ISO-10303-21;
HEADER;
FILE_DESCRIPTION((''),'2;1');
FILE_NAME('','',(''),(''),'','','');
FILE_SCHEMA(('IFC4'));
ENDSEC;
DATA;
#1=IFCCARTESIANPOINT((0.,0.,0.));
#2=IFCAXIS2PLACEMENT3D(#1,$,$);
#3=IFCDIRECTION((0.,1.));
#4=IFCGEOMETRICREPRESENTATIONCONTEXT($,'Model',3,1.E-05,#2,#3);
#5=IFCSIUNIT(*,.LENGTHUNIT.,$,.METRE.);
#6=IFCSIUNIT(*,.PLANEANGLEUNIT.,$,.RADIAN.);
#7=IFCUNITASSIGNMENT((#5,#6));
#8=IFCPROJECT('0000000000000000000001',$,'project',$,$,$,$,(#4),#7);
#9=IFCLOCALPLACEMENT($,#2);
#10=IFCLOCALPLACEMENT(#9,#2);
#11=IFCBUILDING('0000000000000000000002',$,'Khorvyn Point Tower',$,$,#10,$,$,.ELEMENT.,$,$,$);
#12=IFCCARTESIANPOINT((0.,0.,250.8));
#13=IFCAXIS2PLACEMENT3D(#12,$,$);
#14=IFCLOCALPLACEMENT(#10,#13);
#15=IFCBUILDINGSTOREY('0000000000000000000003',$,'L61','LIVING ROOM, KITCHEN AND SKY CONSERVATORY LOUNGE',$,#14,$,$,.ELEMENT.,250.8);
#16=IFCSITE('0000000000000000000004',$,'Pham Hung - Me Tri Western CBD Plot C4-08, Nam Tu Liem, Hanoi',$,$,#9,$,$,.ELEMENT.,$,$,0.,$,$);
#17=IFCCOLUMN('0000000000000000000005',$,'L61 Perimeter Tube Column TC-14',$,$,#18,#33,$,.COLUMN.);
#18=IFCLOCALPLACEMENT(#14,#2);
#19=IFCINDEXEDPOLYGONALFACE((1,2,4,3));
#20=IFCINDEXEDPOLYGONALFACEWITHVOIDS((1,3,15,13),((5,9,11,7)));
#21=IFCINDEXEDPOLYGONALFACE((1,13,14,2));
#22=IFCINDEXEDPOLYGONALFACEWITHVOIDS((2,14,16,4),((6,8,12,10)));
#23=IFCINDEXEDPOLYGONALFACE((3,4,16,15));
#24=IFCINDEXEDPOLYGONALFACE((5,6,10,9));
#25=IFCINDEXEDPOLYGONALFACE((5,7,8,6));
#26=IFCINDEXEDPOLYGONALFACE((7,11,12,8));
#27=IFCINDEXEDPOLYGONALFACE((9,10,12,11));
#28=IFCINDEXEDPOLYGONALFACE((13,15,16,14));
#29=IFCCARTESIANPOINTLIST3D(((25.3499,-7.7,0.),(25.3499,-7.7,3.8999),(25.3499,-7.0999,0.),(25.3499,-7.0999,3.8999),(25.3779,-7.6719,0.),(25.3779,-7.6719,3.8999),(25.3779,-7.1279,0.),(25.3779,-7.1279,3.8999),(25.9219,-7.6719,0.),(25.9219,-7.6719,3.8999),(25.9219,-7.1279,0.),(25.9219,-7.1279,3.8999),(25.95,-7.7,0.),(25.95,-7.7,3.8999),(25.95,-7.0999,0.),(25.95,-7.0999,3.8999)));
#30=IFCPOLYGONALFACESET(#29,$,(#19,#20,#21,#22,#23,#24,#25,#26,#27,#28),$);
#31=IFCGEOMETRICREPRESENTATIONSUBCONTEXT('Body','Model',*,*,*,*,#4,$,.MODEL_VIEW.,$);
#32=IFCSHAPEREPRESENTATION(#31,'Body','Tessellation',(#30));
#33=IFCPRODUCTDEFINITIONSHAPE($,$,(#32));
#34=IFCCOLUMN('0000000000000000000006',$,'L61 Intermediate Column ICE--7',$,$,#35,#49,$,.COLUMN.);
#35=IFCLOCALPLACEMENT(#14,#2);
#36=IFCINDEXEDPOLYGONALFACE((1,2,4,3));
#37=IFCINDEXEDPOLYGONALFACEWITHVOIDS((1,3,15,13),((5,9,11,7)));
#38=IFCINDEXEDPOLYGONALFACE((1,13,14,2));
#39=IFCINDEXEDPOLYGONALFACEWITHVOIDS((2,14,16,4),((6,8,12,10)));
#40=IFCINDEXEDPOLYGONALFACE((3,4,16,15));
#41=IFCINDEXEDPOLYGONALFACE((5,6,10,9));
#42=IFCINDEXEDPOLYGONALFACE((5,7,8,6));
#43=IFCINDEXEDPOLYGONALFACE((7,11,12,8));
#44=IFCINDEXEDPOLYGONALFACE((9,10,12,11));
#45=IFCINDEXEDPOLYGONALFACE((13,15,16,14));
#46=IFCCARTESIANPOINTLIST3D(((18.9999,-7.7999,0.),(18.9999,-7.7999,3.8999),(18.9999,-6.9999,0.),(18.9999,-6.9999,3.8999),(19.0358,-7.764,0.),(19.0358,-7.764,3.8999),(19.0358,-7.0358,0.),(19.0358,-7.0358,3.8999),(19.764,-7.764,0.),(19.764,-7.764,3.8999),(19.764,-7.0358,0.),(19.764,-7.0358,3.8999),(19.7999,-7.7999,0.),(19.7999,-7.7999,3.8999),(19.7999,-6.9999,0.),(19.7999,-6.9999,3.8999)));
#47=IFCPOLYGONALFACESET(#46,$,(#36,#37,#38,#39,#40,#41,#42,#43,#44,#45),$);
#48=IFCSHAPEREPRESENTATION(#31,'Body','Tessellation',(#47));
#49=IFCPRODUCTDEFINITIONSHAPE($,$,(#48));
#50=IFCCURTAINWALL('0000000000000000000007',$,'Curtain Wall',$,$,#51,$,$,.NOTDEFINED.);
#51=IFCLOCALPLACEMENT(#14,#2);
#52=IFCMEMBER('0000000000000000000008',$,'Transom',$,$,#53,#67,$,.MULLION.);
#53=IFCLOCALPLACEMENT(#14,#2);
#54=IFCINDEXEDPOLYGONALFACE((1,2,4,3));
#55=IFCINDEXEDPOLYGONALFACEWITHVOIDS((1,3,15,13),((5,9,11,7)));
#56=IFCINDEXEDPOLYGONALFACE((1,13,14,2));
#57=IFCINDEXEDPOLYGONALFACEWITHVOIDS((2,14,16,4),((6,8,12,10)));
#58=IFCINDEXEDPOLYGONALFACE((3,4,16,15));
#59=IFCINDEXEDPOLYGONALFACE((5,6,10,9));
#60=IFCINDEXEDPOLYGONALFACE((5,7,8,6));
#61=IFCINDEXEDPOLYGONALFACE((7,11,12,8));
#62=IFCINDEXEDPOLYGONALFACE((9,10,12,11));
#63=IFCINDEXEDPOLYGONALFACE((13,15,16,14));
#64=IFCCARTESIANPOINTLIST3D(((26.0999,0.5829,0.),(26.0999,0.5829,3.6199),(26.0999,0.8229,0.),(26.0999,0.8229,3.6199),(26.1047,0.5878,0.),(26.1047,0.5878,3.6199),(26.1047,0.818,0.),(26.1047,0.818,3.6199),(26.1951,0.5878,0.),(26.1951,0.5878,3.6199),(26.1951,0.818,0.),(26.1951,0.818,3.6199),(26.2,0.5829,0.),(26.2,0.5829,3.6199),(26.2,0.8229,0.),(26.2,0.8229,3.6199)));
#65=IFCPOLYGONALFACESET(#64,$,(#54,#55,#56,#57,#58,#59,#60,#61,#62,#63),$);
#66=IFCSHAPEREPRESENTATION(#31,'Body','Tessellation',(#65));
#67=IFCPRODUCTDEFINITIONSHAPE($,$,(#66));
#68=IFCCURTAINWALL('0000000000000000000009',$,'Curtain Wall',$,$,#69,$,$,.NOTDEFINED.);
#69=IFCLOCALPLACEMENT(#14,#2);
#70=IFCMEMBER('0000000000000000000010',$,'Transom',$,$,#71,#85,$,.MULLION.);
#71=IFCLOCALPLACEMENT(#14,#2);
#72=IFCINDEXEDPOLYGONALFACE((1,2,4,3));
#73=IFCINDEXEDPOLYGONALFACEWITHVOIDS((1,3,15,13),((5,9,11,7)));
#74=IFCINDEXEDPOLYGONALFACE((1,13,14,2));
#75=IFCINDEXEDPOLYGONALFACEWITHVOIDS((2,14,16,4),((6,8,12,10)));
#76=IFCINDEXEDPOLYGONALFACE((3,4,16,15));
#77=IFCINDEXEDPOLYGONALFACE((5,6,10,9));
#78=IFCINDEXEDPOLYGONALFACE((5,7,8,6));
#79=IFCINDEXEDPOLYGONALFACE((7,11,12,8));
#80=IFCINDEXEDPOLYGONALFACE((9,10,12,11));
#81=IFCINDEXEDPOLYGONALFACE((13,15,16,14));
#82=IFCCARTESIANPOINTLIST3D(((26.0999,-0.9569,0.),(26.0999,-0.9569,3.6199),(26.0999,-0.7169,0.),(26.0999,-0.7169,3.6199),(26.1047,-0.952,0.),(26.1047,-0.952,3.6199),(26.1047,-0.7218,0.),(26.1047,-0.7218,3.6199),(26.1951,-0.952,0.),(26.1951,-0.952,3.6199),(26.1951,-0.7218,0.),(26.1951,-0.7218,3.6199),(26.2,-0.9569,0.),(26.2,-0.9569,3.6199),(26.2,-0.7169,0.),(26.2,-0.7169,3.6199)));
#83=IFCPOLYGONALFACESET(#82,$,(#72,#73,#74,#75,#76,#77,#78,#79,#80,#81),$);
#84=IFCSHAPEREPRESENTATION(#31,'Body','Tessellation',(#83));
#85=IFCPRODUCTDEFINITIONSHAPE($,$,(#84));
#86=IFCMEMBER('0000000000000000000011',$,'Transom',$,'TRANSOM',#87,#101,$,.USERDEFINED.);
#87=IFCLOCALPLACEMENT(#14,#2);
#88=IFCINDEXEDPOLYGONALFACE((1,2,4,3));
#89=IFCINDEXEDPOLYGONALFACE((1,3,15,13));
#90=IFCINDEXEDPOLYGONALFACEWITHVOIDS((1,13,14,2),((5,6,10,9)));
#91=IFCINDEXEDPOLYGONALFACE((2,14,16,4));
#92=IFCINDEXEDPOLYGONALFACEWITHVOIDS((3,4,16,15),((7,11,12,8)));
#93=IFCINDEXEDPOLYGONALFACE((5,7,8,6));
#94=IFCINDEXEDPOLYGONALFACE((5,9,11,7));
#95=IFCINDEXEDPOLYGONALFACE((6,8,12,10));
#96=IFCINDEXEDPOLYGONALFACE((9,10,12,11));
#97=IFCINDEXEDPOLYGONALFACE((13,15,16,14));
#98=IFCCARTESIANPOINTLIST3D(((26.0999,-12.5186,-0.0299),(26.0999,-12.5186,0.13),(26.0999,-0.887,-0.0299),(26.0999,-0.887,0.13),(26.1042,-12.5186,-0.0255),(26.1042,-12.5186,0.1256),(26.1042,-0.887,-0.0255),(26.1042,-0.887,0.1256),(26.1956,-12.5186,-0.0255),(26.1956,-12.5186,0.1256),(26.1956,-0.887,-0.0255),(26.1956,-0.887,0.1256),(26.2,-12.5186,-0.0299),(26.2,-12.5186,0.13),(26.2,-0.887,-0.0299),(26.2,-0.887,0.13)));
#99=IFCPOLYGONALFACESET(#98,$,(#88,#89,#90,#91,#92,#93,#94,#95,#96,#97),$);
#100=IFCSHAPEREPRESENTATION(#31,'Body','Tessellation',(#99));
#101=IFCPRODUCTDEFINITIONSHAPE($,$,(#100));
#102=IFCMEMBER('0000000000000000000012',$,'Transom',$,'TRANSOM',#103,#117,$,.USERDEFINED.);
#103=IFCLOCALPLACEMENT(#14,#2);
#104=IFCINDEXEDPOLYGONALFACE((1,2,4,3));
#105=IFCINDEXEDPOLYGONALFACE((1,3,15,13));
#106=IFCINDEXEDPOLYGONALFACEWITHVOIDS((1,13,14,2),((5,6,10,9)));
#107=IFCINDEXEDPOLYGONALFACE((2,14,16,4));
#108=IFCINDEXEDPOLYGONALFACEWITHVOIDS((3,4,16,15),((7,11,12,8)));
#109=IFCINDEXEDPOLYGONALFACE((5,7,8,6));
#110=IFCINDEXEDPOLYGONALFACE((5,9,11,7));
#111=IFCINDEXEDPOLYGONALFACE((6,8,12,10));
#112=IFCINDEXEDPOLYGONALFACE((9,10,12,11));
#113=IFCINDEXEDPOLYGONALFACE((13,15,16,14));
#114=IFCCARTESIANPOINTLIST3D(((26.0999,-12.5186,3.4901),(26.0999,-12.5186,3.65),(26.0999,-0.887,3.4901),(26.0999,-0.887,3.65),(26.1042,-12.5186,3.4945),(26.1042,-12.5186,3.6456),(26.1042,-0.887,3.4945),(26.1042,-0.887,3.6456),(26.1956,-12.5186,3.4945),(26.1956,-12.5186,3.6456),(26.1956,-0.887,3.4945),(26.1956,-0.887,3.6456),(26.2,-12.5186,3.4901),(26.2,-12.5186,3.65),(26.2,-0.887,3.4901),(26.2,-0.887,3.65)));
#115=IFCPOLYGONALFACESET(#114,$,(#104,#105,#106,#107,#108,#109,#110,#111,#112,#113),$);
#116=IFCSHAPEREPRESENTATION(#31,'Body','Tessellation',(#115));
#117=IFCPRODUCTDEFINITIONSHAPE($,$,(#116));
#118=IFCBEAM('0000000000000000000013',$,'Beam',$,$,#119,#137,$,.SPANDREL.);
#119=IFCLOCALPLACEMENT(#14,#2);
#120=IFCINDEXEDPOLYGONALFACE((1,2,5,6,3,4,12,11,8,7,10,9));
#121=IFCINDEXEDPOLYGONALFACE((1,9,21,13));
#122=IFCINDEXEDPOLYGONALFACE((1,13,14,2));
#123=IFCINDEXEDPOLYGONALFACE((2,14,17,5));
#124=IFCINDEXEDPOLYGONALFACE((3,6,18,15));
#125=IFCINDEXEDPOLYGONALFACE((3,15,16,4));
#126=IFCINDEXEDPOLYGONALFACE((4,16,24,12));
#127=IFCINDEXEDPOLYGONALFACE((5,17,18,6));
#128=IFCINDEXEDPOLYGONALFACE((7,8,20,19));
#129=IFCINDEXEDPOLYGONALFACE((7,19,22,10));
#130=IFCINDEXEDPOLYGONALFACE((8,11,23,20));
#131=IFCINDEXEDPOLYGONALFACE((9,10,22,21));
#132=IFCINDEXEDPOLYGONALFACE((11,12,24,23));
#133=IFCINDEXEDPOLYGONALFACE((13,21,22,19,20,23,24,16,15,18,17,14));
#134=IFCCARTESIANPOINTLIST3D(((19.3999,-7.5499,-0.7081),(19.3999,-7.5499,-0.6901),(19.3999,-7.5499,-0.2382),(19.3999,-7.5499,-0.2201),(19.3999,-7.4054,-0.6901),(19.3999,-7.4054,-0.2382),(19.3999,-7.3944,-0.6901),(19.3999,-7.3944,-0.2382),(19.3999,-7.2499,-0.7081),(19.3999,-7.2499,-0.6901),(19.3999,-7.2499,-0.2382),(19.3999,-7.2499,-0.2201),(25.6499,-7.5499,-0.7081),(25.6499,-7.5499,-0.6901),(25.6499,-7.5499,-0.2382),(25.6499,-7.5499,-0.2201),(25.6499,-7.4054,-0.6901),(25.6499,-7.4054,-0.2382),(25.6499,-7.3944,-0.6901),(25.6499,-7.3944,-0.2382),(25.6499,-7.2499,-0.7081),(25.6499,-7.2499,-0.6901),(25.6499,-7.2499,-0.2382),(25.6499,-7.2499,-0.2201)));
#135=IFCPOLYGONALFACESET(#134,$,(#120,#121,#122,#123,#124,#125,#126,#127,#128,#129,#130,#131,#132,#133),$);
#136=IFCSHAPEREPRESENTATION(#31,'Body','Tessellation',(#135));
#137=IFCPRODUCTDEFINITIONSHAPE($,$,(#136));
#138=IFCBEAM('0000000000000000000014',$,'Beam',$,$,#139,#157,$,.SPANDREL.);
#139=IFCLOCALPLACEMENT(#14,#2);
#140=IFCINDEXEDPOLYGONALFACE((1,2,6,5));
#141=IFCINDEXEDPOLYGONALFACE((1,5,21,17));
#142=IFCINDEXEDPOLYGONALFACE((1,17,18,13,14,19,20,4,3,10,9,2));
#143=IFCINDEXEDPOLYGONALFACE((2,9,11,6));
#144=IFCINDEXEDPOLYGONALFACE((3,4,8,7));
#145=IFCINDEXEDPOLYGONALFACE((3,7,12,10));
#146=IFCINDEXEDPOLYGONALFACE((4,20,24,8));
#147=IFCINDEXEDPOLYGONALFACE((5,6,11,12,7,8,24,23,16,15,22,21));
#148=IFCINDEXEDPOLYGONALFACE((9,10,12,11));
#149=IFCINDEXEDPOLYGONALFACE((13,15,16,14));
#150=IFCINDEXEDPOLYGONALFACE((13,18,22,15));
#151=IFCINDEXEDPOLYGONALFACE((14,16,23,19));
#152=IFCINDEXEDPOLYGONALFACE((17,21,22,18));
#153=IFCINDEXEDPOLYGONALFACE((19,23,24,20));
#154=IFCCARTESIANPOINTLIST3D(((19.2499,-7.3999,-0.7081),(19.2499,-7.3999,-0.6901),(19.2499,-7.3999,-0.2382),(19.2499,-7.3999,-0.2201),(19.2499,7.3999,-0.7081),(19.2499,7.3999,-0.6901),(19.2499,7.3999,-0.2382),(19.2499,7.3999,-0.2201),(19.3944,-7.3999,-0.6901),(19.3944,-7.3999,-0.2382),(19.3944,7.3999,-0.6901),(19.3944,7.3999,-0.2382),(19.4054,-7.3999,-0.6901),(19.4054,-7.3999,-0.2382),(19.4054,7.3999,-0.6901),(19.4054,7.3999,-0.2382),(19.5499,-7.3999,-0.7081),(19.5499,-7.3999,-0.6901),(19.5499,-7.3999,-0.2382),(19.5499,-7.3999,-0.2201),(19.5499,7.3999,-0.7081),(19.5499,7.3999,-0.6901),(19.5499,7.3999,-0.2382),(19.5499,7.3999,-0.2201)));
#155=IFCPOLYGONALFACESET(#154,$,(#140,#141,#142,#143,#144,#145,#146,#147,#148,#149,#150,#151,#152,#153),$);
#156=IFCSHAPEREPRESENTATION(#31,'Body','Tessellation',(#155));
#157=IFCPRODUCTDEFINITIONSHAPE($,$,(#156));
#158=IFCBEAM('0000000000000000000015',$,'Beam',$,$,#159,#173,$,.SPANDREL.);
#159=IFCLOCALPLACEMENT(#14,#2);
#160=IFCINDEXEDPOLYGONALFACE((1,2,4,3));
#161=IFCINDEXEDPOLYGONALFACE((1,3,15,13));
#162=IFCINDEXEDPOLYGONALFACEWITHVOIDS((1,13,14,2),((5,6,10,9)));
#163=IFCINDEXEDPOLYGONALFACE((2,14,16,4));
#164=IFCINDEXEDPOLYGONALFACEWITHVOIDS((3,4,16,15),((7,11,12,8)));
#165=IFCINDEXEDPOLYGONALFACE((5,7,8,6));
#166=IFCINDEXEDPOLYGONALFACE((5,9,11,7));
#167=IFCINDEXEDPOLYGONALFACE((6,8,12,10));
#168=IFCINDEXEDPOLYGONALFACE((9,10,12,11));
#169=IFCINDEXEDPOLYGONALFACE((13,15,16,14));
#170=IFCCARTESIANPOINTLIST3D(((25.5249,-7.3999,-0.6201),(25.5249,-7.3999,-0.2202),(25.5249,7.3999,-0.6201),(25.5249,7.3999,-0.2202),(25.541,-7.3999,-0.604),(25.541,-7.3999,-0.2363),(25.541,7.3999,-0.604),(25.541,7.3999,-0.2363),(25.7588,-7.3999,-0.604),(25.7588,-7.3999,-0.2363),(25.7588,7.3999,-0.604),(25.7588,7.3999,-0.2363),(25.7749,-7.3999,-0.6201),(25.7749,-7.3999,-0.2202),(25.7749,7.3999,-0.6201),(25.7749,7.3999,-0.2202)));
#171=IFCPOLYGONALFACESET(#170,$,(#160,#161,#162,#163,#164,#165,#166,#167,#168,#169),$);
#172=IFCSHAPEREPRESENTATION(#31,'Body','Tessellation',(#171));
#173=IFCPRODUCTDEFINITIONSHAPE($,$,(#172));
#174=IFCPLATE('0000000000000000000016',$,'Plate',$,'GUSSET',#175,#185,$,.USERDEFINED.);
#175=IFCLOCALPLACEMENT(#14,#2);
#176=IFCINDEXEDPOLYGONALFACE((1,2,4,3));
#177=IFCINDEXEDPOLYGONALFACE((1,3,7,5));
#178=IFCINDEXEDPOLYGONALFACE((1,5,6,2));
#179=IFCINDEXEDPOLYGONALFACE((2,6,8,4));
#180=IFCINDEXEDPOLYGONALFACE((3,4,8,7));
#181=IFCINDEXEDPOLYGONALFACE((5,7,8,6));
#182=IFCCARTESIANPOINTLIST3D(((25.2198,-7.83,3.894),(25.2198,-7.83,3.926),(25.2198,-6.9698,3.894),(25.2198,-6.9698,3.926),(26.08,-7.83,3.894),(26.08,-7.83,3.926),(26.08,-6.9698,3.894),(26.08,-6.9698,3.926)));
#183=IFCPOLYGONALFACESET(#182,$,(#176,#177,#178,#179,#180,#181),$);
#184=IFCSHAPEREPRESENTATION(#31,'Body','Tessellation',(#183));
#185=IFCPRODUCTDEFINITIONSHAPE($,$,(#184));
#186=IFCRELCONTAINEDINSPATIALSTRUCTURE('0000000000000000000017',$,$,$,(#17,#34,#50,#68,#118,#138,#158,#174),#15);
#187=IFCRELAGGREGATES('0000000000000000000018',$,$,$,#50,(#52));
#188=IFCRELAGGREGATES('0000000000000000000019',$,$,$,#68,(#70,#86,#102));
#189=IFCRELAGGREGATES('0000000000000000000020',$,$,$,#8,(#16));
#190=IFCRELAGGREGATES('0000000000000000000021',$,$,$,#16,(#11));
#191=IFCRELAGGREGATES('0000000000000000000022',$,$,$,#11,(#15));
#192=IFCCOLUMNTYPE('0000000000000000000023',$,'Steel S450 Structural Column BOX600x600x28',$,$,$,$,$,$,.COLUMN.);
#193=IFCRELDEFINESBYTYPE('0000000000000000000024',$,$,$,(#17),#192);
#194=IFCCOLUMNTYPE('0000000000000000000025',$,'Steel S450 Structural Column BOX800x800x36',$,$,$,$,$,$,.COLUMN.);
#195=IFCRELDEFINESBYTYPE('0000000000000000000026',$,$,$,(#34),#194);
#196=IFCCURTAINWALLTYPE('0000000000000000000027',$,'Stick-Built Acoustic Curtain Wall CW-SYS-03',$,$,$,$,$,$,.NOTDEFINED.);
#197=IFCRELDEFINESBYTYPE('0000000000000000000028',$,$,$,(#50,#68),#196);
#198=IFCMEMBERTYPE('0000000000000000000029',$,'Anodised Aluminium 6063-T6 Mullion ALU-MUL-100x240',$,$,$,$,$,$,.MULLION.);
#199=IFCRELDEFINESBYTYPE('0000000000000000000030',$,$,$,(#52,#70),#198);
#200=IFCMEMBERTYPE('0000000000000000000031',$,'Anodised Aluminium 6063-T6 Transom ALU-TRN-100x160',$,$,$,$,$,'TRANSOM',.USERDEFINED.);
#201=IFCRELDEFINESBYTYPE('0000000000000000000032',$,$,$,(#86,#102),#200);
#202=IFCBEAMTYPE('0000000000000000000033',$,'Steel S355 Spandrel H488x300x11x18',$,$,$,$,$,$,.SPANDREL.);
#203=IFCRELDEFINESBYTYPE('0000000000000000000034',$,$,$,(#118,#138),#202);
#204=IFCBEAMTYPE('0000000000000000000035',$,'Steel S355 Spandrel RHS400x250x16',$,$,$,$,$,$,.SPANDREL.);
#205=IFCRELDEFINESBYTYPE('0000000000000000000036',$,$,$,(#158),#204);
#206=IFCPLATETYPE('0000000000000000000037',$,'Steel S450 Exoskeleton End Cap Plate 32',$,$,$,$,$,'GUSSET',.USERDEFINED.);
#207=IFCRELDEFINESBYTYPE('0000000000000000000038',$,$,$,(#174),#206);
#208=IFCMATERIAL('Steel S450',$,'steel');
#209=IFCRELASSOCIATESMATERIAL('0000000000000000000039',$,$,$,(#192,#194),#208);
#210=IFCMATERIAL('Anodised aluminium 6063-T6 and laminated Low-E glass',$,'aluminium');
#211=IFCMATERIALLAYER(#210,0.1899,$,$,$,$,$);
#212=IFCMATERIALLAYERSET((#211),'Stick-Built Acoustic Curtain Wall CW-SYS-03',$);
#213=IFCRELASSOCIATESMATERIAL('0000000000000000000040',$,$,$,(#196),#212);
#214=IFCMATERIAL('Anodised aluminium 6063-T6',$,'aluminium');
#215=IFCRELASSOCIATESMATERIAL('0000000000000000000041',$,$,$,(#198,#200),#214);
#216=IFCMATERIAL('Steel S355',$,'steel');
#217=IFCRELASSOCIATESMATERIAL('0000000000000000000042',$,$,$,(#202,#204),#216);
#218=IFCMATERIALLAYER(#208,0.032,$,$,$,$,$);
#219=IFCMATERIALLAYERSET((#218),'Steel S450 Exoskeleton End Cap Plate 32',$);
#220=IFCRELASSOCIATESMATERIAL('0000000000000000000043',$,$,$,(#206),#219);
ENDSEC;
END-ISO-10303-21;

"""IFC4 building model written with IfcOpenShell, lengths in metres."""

from ifc_helpers import new_model, si_unit, direction, frame, origin, origin_2d, place, context, subcontext, project, spatial, rectangle, hollow_rectangle, i_section, extrude, material, layer, layer_set, material_profile, profile_set, type_object, element, aggregate, save


model = new_model("IFC4")

# Units and contexts
model_context = context("Model", 3, precision=1e-05, world=origin(), true_north=direction((0.0, 1.0)))
body_context = subcontext(model_context, "Body", "Model", "MODEL_VIEW")
ifc_project = project(units=[si_unit("LENGTHUNIT", "METRE"), si_unit("PLANEANGLEUNIT", "RADIAN")], contexts=[model_context])

# Site, building, storey
site_placement = place(None, origin())
site = spatial("IfcSite", under=ifc_project, at=site_placement, Name="Pham Hung - Me Tri Western CBD Plot C4-08, Nam Tu Liem, Hanoi", CompositionType="ELEMENT", RefElevation=0.0)
building_placement = place(site_placement, origin())
building = spatial("IfcBuilding", under=site, at=building_placement, Name="Khorvyn Point Tower", CompositionType="ELEMENT")
storey_placement = place(building_placement, frame((0.0, 0.0, 250.8)))
storey = spatial("IfcBuildingStorey", under=building, at=storey_placement, Name="L61", Description="LIVING ROOM, KITCHEN AND SKY CONSERVATORY LOUNGE", CompositionType="ELEMENT", Elevation=250.8)

# Columns
ifc_material_1 = material(Name="Steel S450", Category="steel")
ifc_material_profile_1 = material_profile(ifc_material_1, hollow_rectangle(XDim=0.6001, YDim=0.6001, WallThickness=0.0281, at=origin_2d()))
ifc_profile_set_1 = profile_set([ifc_material_profile_1], Name="Steel S450 BOX600x600x28")
column_type_1 = type_object("IfcColumnType", Name="Steel S450 Structural Column BOX600x600x28", PredefinedType="COLUMN", material=ifc_profile_set_1)
column_1_placement = place(storey_placement, frame((25.6499, -7.3999, 0.0), z_axis=(0.0, 0.0, 1.0), x_axis=(1.0, 0.0, 0.0)))
element("IfcColumn", 1, at=column_1_placement, inside=storey, type_object=column_type_1, Name="L61 Perimeter Tube Column TC-14", PredefinedType="COLUMN", context=body_context, shape_type="SweptSolid", body=[
    extrude(hollow_rectangle(XDim=0.6001, YDim=0.6001, WallThickness=0.0281, at=origin_2d()), origin(), (0.0, 0.0, 1.0), 3.8999),
])
ifc_material_profile_2 = material_profile(ifc_material_1, hollow_rectangle(XDim=0.8, YDim=0.8, WallThickness=0.0359, at=origin_2d()))
ifc_profile_set_2 = profile_set([ifc_material_profile_2], Name="Steel S450 BOX800x800x36")
column_type_2 = type_object("IfcColumnType", Name="Steel S450 Structural Column BOX800x800x36", PredefinedType="COLUMN", material=ifc_profile_set_2)
column_2_placement = place(storey_placement, frame((19.3999, -7.3999, 0.0), z_axis=(0.0, 0.0, 1.0), x_axis=(1.0, 0.0, 0.0)))
element("IfcColumn", 2, at=column_2_placement, inside=storey, type_object=column_type_2, Name="L61 Intermediate Column ICE--7", PredefinedType="COLUMN", context=body_context, shape_type="SweptSolid", body=[
    extrude(hollow_rectangle(XDim=0.8, YDim=0.8, WallThickness=0.0359, at=origin_2d()), origin(), (0.0, 0.0, 1.0), 3.8999),
])

# Curtain wall, member
ifc_material_2 = material(Name="Anodised aluminium 6063-T6 and laminated Low-E glass", Category="aluminium")
ifc_layer_1 = layer(ifc_material_2, 0.1899)
ifc_layer_set_1 = layer_set([ifc_layer_1], Name="Stick-Built Acoustic Curtain Wall CW-SYS-03")
curtain_wall_type = type_object("IfcCurtainWallType", Name="Stick-Built Acoustic Curtain Wall CW-SYS-03", PredefinedType="NOTDEFINED", material=ifc_layer_set_1)
curtain_wall_1_placement = place(storey_placement, origin())
curtain_wall_1 = element("IfcCurtainWall", 3, at=curtain_wall_1_placement, inside=storey, type_object=curtain_wall_type, Name="Curtain Wall", PredefinedType="NOTDEFINED")
ifc_material_3 = material(Name="Anodised aluminium 6063-T6", Category="aluminium")
ifc_material_profile_3 = material_profile(ifc_material_3, hollow_rectangle(XDim=0.1001, YDim=0.24, WallThickness=0.0049, at=origin_2d()))
ifc_profile_set_3 = profile_set([ifc_material_profile_3], Name="Anodised aluminium 6063-T6 ALU-MUL-100x240")
member_type_1 = type_object("IfcMemberType", Name="Anodised Aluminium 6063-T6 Mullion ALU-MUL-100x240", PredefinedType="MULLION", material=ifc_profile_set_3)
member_1_placement = place(storey_placement, frame((26.1499, 0.7029, 0.0), z_axis=(0.0, 0.0, 1.0), x_axis=(1.0, 0.0, 0.0)))
member_1 = element("IfcMember", 4, at=member_1_placement, type_object=member_type_1, Name="Transom", PredefinedType="MULLION", context=body_context, shape_type="SweptSolid", body=[
    extrude(hollow_rectangle(XDim=0.1001, YDim=0.24, WallThickness=0.0049, at=origin_2d()), origin(), (0.0, 0.0, 1.0), 3.6199),
])

# Curtain wall, members
curtain_wall_2_placement = place(storey_placement, origin())
curtain_wall_2 = element("IfcCurtainWall", 5, at=curtain_wall_2_placement, inside=storey, type_object=curtain_wall_type, Name="Curtain Wall", PredefinedType="NOTDEFINED")
member_2_placement = place(storey_placement, frame((26.1499, -0.8369, 0.0), z_axis=(0.0, 0.0, 1.0), x_axis=(1.0, 0.0, 0.0)))
member_2 = element("IfcMember", 6, at=member_2_placement, type_object=member_type_1, Name="Transom", PredefinedType="MULLION", context=body_context, shape_type="SweptSolid", body=[
    extrude(hollow_rectangle(XDim=0.1001, YDim=0.24, WallThickness=0.0049, at=origin_2d()), origin(), (0.0, 0.0, 1.0), 3.6199),
])
ifc_material_profile_4 = material_profile(ifc_material_3, hollow_rectangle(XDim=0.1001, YDim=0.1599, WallThickness=0.0044, at=origin_2d()))
ifc_profile_set_4 = profile_set([ifc_material_profile_4], Name="Anodised aluminium 6063-T6 ALU-TRN-100x160")
member_type_2 = type_object("IfcMemberType", Name="Anodised Aluminium 6063-T6 Transom ALU-TRN-100x160", ElementType="TRANSOM", PredefinedType="USERDEFINED", material=ifc_profile_set_4)
member_3_placement = place(storey_placement, frame((26.1499, -0.887, 0.05), z_axis=(0.0, -1.0, 0.0), x_axis=(1.0, 0.0, 0.0)))
member_3 = element("IfcMember", 7, at=member_3_placement, type_object=member_type_2, Name="Transom", ObjectType="TRANSOM", PredefinedType="USERDEFINED", context=body_context, shape_type="SweptSolid", body=[
    extrude(hollow_rectangle(XDim=0.1001, YDim=0.1599, WallThickness=0.0044, at=origin_2d()), origin(), (0.0, 0.0, 1.0), 11.6316),
])
member_4_placement = place(storey_placement, frame((26.1499, -0.887, 3.5701), z_axis=(0.0, -1.0, 0.0), x_axis=(1.0, 0.0, 0.0)))
member_4 = element("IfcMember", 8, at=member_4_placement, type_object=member_type_2, Name="Transom", ObjectType="TRANSOM", PredefinedType="USERDEFINED", context=body_context, shape_type="SweptSolid", body=[
    extrude(hollow_rectangle(XDim=0.1001, YDim=0.1599, WallThickness=0.0044, at=origin_2d()), origin(), (0.0, 0.0, 1.0), 11.6316),
])

# Beams
ifc_material_4 = material(Name="Steel S355", Category="steel")
ifc_material_profile_5 = material_profile(ifc_material_4, i_section(OverallWidth=0.3, OverallDepth=0.488, WebThickness=0.011, FlangeThickness=0.0181, at=origin_2d()))
ifc_profile_set_5 = profile_set([ifc_material_profile_5], Name="Steel S355 H488x300x11x18")
beam_type_1 = type_object("IfcBeamType", Name="Steel S355 Spandrel H488x300x11x18", PredefinedType="SPANDREL", material=ifc_profile_set_5)
beam_1_placement = place(storey_placement, frame((19.3999, -7.3999, -0.4641), z_axis=(1.0, 0.0, 0.0), x_axis=(0.0, 1.0, 0.0)))
element("IfcBeam", 9, at=beam_1_placement, inside=storey, type_object=beam_type_1, Name="Beam", PredefinedType="SPANDREL", context=body_context, shape_type="SweptSolid", body=[
    extrude(i_section(OverallWidth=0.3, OverallDepth=0.488, WebThickness=0.011, FlangeThickness=0.0181, at=origin_2d()), origin(), (0.0, 0.0, 1.0), 6.25),
])
beam_2_placement = place(storey_placement, frame((19.3999, -7.3999, -0.4641), z_axis=(0.0, 1.0, 0.0), x_axis=(-1.0, 0.0, 0.0)))
element("IfcBeam", 10, at=beam_2_placement, inside=storey, type_object=beam_type_1, Name="Beam", PredefinedType="SPANDREL", context=body_context, shape_type="SweptSolid", body=[
    extrude(i_section(OverallWidth=0.3, OverallDepth=0.488, WebThickness=0.011, FlangeThickness=0.0181, at=origin_2d()), origin(), (0.0, 0.0, 1.0), 14.7998),
])
ifc_material_profile_6 = material_profile(ifc_material_4, hollow_rectangle(XDim=0.25, YDim=0.3999, WallThickness=0.0161, at=origin_2d()))
ifc_profile_set_6 = profile_set([ifc_material_profile_6], Name="Steel S355 RHS400x250x16")
beam_type_2 = type_object("IfcBeamType", Name="Steel S355 Spandrel RHS400x250x16", PredefinedType="SPANDREL", material=ifc_profile_set_6)
beam_3_placement = place(storey_placement, frame((25.6499, -7.3999, -0.4202), z_axis=(0.0, 1.0, 0.0), x_axis=(-1.0, 0.0, 0.0)))
element("IfcBeam", 11, at=beam_3_placement, inside=storey, type_object=beam_type_2, Name="Beam", PredefinedType="SPANDREL", context=body_context, shape_type="SweptSolid", body=[
    extrude(hollow_rectangle(XDim=0.25, YDim=0.3999, WallThickness=0.0161, at=origin_2d()), origin(), (0.0, 0.0, 1.0), 14.7998),
])

# Plate
ifc_layer_2 = layer(ifc_material_1, 0.032)
ifc_layer_set_2 = layer_set([ifc_layer_2], Name="Steel S450 Exoskeleton End Cap Plate 32")
plate_type_1 = type_object("IfcPlateType", Name="Steel S450 Exoskeleton End Cap Plate 32", ElementType="GUSSET", PredefinedType="USERDEFINED", material=ifc_layer_set_2)
plate_1_placement = place(storey_placement, frame((25.6499, -7.3999, 3.894), z_axis=(0.0, 0.0, 1.0), x_axis=(1.0, 0.0, 0.0)))
element("IfcPlate", 12, at=plate_1_placement, inside=storey, type_object=plate_type_1, Name="Plate", ObjectType="GUSSET", PredefinedType="USERDEFINED", context=body_context, shape_type="SweptSolid", body=[
    extrude(rectangle(XDim=0.8601, YDim=0.8601, at=origin_2d()), origin(), (0.0, 0.0, 1.0), 0.032),
])
aggregate(curtain_wall_1, [member_1])
aggregate(curtain_wall_2, [member_2, member_3, member_4])

save(model, "model.ifc")
